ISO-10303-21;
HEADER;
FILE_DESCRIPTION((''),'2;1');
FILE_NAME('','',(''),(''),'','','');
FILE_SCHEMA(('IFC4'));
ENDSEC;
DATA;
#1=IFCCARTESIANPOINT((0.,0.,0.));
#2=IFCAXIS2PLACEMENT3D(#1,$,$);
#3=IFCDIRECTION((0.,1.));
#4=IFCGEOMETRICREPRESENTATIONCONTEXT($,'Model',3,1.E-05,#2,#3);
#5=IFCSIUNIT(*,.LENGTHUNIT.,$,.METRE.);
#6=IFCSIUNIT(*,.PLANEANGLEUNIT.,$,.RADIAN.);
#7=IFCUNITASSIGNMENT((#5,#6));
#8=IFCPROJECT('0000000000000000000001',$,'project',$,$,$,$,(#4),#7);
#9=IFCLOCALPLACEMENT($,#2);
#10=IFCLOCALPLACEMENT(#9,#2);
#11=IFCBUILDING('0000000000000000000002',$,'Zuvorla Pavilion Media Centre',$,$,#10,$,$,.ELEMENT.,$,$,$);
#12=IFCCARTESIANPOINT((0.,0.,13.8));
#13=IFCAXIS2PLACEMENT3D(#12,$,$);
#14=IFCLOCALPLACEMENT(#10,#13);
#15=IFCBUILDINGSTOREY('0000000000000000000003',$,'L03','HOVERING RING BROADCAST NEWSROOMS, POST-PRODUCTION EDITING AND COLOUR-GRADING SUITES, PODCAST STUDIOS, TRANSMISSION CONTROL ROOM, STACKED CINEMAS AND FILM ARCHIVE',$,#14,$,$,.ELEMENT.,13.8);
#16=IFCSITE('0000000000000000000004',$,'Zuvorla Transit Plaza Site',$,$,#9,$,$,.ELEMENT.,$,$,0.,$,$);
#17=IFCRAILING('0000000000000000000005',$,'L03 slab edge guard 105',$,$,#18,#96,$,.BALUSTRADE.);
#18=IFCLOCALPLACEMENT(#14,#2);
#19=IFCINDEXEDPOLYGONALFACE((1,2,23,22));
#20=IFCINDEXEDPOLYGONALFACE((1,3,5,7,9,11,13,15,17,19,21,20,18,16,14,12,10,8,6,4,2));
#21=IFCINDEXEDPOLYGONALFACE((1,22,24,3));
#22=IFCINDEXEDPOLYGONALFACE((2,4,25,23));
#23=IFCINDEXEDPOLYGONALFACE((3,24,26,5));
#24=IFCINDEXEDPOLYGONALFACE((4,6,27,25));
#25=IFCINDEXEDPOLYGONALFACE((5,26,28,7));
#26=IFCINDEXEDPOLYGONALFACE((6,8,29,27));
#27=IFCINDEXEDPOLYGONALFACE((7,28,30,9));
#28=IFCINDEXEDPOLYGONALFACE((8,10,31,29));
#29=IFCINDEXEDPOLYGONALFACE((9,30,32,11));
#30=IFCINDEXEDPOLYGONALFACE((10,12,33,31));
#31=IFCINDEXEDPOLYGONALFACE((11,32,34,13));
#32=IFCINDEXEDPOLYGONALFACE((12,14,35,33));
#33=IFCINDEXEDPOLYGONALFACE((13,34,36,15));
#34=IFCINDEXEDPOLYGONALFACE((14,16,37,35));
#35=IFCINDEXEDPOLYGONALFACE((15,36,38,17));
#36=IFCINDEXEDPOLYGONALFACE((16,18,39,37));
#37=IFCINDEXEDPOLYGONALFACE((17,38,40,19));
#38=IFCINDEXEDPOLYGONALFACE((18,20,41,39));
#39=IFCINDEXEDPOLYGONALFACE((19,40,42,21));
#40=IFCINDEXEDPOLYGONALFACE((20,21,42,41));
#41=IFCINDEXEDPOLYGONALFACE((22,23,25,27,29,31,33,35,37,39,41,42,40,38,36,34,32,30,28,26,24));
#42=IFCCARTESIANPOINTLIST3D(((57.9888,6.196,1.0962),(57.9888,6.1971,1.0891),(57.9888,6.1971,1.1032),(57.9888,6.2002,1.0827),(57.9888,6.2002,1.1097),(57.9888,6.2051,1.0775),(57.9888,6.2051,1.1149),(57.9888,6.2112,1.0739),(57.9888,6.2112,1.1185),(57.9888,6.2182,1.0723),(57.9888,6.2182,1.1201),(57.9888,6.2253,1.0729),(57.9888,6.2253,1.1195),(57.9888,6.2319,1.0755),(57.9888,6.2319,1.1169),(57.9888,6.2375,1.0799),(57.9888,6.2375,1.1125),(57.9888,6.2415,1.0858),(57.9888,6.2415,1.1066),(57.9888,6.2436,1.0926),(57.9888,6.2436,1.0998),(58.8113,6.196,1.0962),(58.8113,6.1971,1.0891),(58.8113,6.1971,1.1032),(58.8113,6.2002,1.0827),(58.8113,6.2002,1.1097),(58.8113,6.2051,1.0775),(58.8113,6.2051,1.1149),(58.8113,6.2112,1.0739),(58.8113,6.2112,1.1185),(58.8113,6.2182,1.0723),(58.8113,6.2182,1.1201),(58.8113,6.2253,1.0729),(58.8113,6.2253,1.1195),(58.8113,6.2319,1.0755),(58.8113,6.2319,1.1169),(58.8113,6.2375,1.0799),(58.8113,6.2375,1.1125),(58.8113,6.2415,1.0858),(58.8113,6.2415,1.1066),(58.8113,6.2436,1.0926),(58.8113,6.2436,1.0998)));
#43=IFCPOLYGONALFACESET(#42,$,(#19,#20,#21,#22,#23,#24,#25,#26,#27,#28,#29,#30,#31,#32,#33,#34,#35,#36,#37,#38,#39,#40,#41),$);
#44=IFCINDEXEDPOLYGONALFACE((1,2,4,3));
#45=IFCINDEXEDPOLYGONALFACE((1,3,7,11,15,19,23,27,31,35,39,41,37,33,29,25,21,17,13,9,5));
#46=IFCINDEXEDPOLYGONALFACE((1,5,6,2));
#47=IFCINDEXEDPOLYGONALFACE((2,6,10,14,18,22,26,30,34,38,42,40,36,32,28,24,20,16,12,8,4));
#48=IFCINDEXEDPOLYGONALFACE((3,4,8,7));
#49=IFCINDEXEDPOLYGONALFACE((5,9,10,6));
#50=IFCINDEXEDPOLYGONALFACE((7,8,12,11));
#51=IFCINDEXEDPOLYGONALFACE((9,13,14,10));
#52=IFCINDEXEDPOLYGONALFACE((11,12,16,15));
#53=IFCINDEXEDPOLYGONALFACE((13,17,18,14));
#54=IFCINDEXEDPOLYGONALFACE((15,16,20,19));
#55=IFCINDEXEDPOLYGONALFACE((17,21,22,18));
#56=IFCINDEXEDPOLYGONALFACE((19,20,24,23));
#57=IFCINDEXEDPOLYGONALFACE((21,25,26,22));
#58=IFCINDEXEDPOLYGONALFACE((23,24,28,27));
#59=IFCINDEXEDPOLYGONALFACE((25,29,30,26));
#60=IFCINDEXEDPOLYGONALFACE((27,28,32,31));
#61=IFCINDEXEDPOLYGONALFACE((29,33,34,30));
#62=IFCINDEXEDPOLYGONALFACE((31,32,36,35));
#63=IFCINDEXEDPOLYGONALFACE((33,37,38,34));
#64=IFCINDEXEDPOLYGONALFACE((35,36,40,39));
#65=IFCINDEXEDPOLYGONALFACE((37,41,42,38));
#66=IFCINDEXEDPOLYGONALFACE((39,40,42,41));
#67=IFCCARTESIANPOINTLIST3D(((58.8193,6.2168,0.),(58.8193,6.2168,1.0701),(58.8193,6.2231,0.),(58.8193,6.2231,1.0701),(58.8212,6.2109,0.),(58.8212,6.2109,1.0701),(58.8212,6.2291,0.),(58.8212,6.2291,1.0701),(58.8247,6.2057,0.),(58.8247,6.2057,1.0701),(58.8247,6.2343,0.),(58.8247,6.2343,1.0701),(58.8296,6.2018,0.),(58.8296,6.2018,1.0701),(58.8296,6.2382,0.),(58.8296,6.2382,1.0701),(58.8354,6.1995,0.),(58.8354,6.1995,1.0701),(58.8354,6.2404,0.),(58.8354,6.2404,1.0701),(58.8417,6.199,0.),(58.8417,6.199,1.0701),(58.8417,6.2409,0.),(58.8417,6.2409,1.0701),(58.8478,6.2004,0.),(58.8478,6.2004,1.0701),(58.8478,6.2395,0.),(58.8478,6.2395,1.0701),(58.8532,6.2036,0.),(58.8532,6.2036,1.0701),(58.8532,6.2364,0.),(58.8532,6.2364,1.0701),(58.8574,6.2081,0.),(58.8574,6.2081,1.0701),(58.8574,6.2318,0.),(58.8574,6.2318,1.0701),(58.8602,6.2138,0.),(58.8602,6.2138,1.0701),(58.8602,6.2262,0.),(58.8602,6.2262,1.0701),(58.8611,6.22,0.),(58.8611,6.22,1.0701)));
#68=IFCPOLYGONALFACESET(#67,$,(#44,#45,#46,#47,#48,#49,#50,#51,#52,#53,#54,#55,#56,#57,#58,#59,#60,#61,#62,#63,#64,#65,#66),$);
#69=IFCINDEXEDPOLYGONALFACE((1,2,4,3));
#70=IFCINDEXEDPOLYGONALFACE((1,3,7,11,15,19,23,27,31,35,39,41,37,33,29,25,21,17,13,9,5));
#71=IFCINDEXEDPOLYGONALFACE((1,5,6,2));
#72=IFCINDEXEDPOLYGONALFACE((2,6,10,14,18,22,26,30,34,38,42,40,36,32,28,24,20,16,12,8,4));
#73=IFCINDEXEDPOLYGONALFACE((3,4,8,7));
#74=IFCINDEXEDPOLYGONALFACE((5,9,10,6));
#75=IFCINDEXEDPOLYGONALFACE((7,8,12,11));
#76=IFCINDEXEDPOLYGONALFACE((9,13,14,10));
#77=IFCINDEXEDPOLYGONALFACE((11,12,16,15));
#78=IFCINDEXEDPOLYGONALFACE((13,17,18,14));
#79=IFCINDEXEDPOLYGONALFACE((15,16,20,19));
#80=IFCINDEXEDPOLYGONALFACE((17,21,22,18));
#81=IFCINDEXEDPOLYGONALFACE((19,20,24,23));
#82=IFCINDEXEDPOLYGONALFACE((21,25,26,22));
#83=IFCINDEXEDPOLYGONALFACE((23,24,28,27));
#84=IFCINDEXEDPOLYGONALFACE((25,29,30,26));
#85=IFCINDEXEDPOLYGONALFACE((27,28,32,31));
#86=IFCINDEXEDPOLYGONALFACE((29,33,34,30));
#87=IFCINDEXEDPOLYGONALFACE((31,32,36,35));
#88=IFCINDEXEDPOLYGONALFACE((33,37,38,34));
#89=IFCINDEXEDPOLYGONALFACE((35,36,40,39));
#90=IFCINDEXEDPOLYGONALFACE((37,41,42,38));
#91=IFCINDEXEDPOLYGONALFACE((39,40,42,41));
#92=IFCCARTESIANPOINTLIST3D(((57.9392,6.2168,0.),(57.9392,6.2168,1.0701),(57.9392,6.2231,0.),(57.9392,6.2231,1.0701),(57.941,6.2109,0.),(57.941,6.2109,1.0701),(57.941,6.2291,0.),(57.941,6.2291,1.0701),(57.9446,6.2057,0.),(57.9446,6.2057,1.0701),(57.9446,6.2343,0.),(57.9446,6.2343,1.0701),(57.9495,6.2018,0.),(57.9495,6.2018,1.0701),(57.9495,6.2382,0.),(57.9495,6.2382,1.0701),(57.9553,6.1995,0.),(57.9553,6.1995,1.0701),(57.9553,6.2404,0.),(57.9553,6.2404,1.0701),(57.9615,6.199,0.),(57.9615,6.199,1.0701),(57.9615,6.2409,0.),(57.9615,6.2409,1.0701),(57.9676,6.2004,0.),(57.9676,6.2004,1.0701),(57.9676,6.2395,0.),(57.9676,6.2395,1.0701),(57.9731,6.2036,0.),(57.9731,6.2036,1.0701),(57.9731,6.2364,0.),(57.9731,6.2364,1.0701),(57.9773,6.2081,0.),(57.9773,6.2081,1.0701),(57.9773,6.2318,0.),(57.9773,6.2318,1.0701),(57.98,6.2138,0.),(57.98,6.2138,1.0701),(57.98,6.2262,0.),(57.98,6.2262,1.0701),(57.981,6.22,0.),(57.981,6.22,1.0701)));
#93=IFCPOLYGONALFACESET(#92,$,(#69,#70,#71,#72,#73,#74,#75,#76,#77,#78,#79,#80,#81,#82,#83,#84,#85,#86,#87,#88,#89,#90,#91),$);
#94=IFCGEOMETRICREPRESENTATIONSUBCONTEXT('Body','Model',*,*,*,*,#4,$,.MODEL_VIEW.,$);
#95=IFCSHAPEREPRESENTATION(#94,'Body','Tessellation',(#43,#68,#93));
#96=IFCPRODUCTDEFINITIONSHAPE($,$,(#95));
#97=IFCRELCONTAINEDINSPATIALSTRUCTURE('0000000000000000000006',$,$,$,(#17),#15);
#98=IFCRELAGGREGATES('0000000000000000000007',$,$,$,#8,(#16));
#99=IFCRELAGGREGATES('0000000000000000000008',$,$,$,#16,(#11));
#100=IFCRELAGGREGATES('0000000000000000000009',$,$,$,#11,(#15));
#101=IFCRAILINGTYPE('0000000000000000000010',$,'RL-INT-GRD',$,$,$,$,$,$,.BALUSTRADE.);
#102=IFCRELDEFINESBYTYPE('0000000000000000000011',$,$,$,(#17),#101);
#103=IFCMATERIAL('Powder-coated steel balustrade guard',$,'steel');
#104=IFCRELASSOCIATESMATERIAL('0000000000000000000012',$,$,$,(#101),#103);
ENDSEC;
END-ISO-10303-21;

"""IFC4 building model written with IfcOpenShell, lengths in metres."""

from ifc_helpers import new_model, si_unit, direction, frame, origin, origin_2d, place, context, subcontext, project, spatial, circle, extrude, material, type_object, element, save


model = new_model("IFC4")

# Units and contexts
model_context = context("Model", 3, precision=1e-05, world=origin(), true_north=direction((0.0, 1.0)))
body_context = subcontext(model_context, "Body", "Model", "MODEL_VIEW")
ifc_project = project(units=[si_unit("LENGTHUNIT", "METRE"), si_unit("PLANEANGLEUNIT", "RADIAN")], contexts=[model_context])

# Site, building, storey
site_placement = place(None, origin())
site = spatial("IfcSite", under=ifc_project, at=site_placement, Name="Zuvorla Transit Plaza Site", CompositionType="ELEMENT", RefElevation=0.0)
building_placement = place(site_placement, origin())
building = spatial("IfcBuilding", under=site, at=building_placement, Name="Zuvorla Pavilion Media Centre", CompositionType="ELEMENT")
storey_placement = place(building_placement, frame((0.0, 0.0, 13.8)))
storey = spatial("IfcBuildingStorey", under=building, at=storey_placement, Name="L03", Description="HOVERING RING BROADCAST NEWSROOMS, POST-PRODUCTION EDITING AND COLOUR-GRADING SUITES, PODCAST STUDIOS, TRANSMISSION CONTROL ROOM, STACKED CINEMAS AND FILM ARCHIVE", CompositionType="ELEMENT", Elevation=13.8)

# Railing
ifc_material_1 = material(Name="Powder-coated steel balustrade guard", Category="steel")
railing_type_1 = type_object("IfcRailingType", Name="RL-INT-GRD", PredefinedType="BALUSTRADE", material=ifc_material_1)
railing_1_placement = place(storey_placement, frame((58.8401, 6.22, 0.0)))
element("IfcRailing", 1, at=railing_1_placement, inside=storey, type_object=railing_type_1, Name="L03 slab edge guard 105", PredefinedType="BALUSTRADE", context=body_context, shape_type="SweptSolid", body=[
    extrude(circle(Radius=0.0239, at=origin_2d()), frame((-0.0288, 0.0, 1.0962), z_axis=(-1.0, 0.0, 0.0), x_axis=(0.0, -1.0, 0.0)), (0.0, 0.0, 1.0), 0.8225),
    extrude(circle(Radius=0.021, at=origin_2d()), origin(), (0.0, 0.0, 1.0), 1.0701),
    extrude(circle(Radius=0.021, at=origin_2d()), frame((-0.8801, 0.0, 0.0)), (0.0, 0.0, 1.0), 1.0701),
])

save(model, "model.ifc")
